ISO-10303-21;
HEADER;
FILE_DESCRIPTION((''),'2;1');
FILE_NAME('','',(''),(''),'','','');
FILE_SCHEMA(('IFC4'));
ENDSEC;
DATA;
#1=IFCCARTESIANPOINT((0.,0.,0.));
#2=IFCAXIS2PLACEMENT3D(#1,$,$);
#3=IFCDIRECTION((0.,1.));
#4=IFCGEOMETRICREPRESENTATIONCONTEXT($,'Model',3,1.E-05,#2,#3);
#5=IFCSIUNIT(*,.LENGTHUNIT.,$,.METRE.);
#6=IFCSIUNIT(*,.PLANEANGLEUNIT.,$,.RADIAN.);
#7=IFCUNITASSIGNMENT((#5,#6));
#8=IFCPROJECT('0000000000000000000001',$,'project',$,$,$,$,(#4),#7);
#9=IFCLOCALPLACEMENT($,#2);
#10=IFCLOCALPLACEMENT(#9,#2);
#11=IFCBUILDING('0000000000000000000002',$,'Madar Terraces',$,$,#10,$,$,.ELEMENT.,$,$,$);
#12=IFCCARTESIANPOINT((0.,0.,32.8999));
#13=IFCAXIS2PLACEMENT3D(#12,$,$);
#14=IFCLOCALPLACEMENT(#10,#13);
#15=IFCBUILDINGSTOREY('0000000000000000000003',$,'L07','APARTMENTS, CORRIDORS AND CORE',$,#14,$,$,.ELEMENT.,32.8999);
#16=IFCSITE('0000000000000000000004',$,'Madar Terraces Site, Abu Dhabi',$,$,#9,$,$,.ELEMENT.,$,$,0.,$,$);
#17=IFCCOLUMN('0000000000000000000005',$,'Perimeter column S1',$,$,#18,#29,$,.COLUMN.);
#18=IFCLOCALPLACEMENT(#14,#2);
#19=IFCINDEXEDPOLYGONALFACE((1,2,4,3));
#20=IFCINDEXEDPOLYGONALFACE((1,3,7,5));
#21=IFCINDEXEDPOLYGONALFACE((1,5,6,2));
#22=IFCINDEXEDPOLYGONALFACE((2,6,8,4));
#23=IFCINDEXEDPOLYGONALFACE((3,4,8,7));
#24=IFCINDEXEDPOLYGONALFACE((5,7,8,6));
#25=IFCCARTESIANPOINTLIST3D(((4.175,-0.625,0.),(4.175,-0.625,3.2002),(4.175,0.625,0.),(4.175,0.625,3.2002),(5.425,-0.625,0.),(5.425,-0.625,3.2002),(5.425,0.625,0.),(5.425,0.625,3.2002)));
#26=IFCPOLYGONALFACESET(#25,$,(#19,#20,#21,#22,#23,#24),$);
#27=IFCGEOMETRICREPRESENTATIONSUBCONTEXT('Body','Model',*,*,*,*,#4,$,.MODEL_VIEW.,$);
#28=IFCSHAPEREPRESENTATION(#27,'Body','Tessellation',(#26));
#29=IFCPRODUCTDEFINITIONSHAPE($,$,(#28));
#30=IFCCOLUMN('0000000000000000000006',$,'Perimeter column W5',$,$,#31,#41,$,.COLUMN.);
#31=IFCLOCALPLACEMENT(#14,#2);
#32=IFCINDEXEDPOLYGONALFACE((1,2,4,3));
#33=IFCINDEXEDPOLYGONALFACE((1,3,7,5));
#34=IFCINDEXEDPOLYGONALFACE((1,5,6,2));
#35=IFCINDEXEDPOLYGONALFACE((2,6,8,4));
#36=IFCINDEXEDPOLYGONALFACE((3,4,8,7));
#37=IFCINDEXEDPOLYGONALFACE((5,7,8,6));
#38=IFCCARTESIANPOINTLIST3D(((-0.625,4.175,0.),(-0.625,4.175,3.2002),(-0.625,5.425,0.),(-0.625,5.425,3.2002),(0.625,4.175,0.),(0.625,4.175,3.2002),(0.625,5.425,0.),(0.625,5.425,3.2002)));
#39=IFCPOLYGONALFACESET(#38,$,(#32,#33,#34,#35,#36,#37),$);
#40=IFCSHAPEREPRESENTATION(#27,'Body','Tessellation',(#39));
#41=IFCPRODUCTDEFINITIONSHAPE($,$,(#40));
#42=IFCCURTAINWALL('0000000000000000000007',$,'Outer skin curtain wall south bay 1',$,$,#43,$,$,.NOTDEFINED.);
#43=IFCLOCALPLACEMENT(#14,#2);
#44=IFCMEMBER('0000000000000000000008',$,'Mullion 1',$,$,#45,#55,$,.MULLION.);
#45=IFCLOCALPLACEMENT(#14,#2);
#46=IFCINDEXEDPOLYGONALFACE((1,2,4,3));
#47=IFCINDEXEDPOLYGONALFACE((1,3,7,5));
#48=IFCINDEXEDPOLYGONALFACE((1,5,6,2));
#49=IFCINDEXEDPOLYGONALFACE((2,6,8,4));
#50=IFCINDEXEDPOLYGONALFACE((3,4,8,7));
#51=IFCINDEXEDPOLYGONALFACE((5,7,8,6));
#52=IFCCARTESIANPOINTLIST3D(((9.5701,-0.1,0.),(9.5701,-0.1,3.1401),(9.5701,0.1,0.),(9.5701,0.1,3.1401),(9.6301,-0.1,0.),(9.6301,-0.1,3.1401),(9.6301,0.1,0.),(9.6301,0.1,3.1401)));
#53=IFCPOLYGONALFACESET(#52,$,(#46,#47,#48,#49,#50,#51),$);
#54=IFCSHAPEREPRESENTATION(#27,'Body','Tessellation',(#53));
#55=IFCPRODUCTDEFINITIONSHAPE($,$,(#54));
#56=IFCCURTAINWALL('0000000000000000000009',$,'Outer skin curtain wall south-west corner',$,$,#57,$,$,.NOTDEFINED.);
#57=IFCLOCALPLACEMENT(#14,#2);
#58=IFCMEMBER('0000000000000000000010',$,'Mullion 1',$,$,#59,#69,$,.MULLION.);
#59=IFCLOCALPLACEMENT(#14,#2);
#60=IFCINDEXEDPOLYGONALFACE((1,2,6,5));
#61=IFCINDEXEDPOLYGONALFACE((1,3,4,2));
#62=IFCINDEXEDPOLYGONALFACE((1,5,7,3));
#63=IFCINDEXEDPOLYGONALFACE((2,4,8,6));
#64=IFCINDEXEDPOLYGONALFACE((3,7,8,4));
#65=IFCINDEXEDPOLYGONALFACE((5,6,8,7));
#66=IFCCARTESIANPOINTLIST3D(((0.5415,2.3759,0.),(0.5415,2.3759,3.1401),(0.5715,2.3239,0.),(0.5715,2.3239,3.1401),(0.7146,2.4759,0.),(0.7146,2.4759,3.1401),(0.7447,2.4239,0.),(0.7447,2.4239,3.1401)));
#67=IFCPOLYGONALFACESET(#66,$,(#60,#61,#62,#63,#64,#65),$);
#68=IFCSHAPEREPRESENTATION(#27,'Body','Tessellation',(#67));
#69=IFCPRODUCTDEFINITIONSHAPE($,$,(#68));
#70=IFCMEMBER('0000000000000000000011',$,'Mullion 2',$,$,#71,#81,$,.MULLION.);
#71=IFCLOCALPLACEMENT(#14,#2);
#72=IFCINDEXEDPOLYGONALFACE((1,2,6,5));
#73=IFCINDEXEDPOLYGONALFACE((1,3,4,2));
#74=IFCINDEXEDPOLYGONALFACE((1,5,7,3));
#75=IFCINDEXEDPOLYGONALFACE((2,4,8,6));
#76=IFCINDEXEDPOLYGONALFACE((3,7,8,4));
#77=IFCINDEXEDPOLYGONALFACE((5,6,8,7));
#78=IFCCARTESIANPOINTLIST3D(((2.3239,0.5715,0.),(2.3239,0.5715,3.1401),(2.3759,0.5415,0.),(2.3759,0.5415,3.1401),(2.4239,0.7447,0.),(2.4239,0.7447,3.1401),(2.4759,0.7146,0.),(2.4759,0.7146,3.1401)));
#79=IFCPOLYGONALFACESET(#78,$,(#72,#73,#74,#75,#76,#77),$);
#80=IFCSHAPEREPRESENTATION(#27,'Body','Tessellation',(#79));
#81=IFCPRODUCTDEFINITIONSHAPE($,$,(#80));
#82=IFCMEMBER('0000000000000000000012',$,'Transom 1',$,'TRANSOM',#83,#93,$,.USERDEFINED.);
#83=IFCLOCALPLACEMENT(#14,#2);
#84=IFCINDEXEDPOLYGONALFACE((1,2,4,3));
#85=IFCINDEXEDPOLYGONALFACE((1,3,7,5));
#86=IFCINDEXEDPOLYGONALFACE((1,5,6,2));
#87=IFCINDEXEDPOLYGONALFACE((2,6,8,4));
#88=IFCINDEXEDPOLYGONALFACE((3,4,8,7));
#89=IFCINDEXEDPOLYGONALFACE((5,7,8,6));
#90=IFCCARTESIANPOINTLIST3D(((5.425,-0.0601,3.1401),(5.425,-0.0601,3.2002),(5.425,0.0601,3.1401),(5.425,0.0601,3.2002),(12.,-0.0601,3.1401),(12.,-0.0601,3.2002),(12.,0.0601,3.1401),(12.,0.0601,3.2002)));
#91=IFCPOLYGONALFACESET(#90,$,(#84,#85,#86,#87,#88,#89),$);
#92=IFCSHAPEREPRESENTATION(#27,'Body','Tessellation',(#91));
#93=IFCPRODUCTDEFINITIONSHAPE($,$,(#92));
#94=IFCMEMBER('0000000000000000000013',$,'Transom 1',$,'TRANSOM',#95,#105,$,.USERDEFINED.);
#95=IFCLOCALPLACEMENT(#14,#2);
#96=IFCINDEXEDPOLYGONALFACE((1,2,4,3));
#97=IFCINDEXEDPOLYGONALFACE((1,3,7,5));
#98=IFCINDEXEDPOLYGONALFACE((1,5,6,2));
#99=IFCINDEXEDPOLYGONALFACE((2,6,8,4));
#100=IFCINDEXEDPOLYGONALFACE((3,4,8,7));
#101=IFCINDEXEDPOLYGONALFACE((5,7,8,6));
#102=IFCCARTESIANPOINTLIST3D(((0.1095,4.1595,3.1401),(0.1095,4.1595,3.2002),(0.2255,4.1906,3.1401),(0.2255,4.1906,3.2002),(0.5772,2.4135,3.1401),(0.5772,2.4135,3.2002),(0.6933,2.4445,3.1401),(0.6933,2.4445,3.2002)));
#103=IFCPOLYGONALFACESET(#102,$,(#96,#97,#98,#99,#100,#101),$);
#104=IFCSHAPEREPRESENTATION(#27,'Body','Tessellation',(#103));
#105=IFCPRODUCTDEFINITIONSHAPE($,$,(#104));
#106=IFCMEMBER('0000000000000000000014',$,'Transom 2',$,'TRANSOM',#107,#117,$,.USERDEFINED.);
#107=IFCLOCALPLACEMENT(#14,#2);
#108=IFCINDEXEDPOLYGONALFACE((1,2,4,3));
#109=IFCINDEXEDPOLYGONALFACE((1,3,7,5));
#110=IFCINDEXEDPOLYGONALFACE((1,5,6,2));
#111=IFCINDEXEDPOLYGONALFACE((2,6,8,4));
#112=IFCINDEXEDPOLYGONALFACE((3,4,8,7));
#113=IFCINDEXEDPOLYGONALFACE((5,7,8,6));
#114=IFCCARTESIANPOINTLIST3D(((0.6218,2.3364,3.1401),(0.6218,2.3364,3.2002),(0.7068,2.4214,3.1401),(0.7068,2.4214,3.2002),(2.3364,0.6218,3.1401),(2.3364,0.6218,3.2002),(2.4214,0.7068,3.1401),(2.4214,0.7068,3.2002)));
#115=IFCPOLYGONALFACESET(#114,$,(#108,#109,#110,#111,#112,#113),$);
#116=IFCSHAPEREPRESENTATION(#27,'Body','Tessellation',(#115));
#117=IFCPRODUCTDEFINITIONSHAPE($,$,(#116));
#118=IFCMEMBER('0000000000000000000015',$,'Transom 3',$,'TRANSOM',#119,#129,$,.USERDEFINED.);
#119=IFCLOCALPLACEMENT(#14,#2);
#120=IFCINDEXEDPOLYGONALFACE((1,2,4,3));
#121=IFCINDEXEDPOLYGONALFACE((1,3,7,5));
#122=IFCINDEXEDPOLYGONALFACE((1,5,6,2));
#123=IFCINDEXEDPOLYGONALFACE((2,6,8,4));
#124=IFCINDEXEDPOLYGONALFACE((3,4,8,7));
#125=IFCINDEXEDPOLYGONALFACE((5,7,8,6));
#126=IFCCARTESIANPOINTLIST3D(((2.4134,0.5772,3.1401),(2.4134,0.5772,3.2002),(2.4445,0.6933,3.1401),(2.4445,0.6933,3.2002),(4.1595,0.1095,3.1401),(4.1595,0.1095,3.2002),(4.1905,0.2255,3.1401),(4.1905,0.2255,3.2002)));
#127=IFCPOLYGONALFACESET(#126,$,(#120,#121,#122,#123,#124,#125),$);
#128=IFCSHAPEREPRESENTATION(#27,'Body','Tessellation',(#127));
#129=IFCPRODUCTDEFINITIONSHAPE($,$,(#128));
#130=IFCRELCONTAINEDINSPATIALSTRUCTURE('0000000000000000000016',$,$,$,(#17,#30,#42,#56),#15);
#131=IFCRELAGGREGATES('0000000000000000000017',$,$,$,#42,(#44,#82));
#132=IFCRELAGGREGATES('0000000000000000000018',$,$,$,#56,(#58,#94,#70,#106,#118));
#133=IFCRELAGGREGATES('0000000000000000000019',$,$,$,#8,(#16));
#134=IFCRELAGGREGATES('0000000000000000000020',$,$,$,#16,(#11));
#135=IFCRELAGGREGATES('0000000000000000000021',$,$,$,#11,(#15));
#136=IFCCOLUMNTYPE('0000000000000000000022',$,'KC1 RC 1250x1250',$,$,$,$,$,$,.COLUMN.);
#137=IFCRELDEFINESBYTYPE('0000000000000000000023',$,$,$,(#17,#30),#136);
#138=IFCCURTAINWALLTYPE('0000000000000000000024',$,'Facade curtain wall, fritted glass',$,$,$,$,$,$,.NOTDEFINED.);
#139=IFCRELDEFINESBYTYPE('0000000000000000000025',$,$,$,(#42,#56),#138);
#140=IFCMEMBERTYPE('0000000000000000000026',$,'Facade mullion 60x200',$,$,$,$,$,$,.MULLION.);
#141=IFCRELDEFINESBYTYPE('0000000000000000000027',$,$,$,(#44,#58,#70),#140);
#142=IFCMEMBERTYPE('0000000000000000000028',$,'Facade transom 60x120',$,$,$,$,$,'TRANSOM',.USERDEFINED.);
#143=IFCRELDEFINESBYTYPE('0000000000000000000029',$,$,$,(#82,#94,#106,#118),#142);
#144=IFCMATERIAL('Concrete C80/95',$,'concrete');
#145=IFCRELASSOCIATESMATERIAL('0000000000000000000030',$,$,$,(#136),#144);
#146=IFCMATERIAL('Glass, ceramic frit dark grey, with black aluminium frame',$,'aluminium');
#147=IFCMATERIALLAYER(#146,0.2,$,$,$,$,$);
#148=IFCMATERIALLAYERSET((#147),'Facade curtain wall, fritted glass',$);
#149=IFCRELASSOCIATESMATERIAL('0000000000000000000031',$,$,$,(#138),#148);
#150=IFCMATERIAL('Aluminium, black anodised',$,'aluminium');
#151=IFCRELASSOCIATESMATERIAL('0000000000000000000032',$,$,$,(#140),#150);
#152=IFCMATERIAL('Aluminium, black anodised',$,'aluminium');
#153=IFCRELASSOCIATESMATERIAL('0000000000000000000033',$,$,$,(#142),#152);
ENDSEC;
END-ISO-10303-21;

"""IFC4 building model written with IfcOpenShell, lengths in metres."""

from ifc_helpers import new_model, si_unit, direction, frame, origin, origin_2d, place, context, subcontext, project, spatial, rectangle, extrude, material, layer, layer_set, material_profile, profile_set, type_object, element, aggregate, save


model = new_model("IFC4")

# Units and contexts
model_context = context("Model", 3, precision=1e-05, world=origin(), true_north=direction((0.0, 1.0)))
body_context = subcontext(model_context, "Body", "Model", "MODEL_VIEW")
ifc_project = project(units=[si_unit("LENGTHUNIT", "METRE"), si_unit("PLANEANGLEUNIT", "RADIAN")], contexts=[model_context])

# Site, building, storey
site_placement = place(None, origin())
site = spatial("IfcSite", under=ifc_project, at=site_placement, Name="Madar Terraces Site, Abu Dhabi", CompositionType="ELEMENT", RefElevation=0.0)
building_placement = place(site_placement, origin())
building = spatial("IfcBuilding", under=site, at=building_placement, Name="Madar Terraces", CompositionType="ELEMENT")
storey_placement = place(building_placement, frame((0.0, 0.0, 32.8999)))
storey = spatial("IfcBuildingStorey", under=building, at=storey_placement, Name="L07", Description="APARTMENTS, CORRIDORS AND CORE", CompositionType="ELEMENT", Elevation=32.8999)

# Columns
ifc_material_1 = material(Name="Concrete C80/95", Category="concrete")
ifc_material_profile_1 = material_profile(ifc_material_1, rectangle(XDim=1.25, YDim=1.25, at=origin_2d()), Name="KC1 RC 1250x1250")
ifc_profile_set_1 = profile_set([ifc_material_profile_1], Name="Concrete C80/95")
column_type = type_object("IfcColumnType", Name="KC1 RC 1250x1250", PredefinedType="COLUMN", material=ifc_profile_set_1)
for number, where, z_axis, x_axis, name in (
    (1, (4.8, 0.0, 0.0), (0.0, 0.0, 1.0), (1.0, 0.0, 0.0), "Perimeter column S1"),
    (2, (0.0, 4.8, 0.0), (0.0, 0.0, 1.0), (1.0, 0.0, 0.0), "Perimeter column W5"),
):
    element("IfcColumn", number, at=place(storey_placement, frame(where, z_axis=z_axis, x_axis=x_axis)), inside=storey, type_object=column_type, Name=name, PredefinedType="COLUMN", context=body_context, shape_type="SweptSolid", body=[
        extrude(rectangle(XDim=1.25, YDim=1.25, at=origin_2d()), origin(), (0.0, 0.0, 1.0), 3.2002),
    ])

# Curtain wall, member
ifc_material_2 = material(Name="Glass, ceramic frit dark grey, with black aluminium frame", Category="aluminium")
ifc_layer_1 = layer(ifc_material_2, 0.2)
ifc_layer_set_1 = layer_set([ifc_layer_1], Name="Facade curtain wall, fritted glass")
curtain_wall_type = type_object("IfcCurtainWallType", Name="Facade curtain wall, fritted glass", PredefinedType="NOTDEFINED", material=ifc_layer_set_1)
curtain_wall_1_placement = place(storey_placement, origin())
curtain_wall_1 = element("IfcCurtainWall", 3, at=curtain_wall_1_placement, inside=storey, type_object=curtain_wall_type, Name="Outer skin curtain wall south bay 1", PredefinedType="NOTDEFINED")
ifc_material_3 = material(Name="Aluminium, black anodised", Category="aluminium")
ifc_material_profile_2 = material_profile(ifc_material_3, rectangle(XDim=0.2, YDim=0.0601, at=origin_2d()), Name="Facade mullion 60x200")
ifc_profile_set_2 = profile_set([ifc_material_profile_2], Name="Aluminium, black anodised")
member_type_1 = type_object("IfcMemberType", Name="Facade mullion 60x200", PredefinedType="MULLION", material=ifc_profile_set_2)
member_1_placement = place(storey_placement, frame((9.6001, 0.0, 0.0), z_axis=(0.0, 0.0, 1.0), x_axis=(0.0, 1.0, 0.0)))
member_1 = element("IfcMember", 4, at=member_1_placement, type_object=member_type_1, Name="Mullion 1", PredefinedType="MULLION", context=body_context, shape_type="SweptSolid", body=[
    extrude(rectangle(XDim=0.2, YDim=0.0601, at=origin_2d()), origin(), (0.0, 0.0, 1.0), 3.1401),
])

# Curtain wall, members
curtain_wall_2_placement = place(storey_placement, origin())
curtain_wall_2 = element("IfcCurtainWall", 5, at=curtain_wall_2_placement, inside=storey, type_object=curtain_wall_type, Name="Outer skin curtain wall south-west corner", PredefinedType="NOTDEFINED")
member_2_placement = place(storey_placement, frame((0.6431, 2.3999, 0.0), z_axis=(0.0, 0.0, 1.0), x_axis=(0.866025, 0.5, 0.0)))
member_2 = element("IfcMember", 6, at=member_2_placement, type_object=member_type_1, Name="Mullion 1", PredefinedType="MULLION", context=body_context, shape_type="SweptSolid", body=[
    extrude(rectangle(XDim=0.2, YDim=0.0601, at=origin_2d()), origin(), (0.0, 0.0, 1.0), 3.1401),
])
member_3_placement = place(storey_placement, frame((2.3999, 0.6431, 0.0), z_axis=(0.0, 0.0, 1.0), x_axis=(0.5, 0.866025, 0.0)))
member_3 = element("IfcMember", 7, at=member_3_placement, type_object=member_type_1, Name="Mullion 2", PredefinedType="MULLION", context=body_context, shape_type="SweptSolid", body=[
    extrude(rectangle(XDim=0.2, YDim=0.0601, at=origin_2d()), origin(), (0.0, 0.0, 1.0), 3.1401),
])

# Members
ifc_material_4 = material(Name="Aluminium, black anodised", Category="aluminium")
ifc_material_profile_3 = material_profile(ifc_material_4, rectangle(XDim=0.1201, YDim=0.0601, at=origin_2d()), Name="Facade transom 60x120")
ifc_profile_set_3 = profile_set([ifc_material_profile_3], Name="Aluminium, black anodised")
member_type_2 = type_object("IfcMemberType", Name="Facade transom 60x120", ElementType="TRANSOM", PredefinedType="USERDEFINED", material=ifc_profile_set_3)
member_4_placement = place(storey_placement, frame((5.425, 0.0, 3.1702), z_axis=(1.0, 0.0, 0.0), x_axis=(0.0, 1.0, 0.0)))
member_4 = element("IfcMember", 8, at=member_4_placement, type_object=member_type_2, Name="Transom 1", ObjectType="TRANSOM", PredefinedType="USERDEFINED", context=body_context, shape_type="SweptSolid", body=[
    extrude(rectangle(XDim=0.1201, YDim=0.0601, at=origin_2d()), origin(), (0.0, 0.0, 1.0), 6.575),
])
member_5_placement = place(storey_placement, frame((0.1675, 4.175, 3.1702), z_axis=(0.258772, -0.965938, 0.0), x_axis=(0.965938, 0.258772, 0.0)))
member_5 = element("IfcMember", 9, at=member_5_placement, type_object=member_type_2, Name="Transom 1", ObjectType="TRANSOM", PredefinedType="USERDEFINED", context=body_context, shape_type="SweptSolid", body=[
    extrude(rectangle(XDim=0.1201, YDim=0.0601, at=origin_2d()), origin(), (0.0, 0.0, 1.0), 1.8076),
])
member_6_placement = place(storey_placement, frame((0.6643, 2.3789, 3.1702), z_axis=(0.707107, -0.707107, 0.0), x_axis=(0.707107, 0.707107, 0.0)))
member_6 = element("IfcMember", 10, at=member_6_placement, type_object=member_type_2, Name="Transom 2", ObjectType="TRANSOM", PredefinedType="USERDEFINED", context=body_context, shape_type="SweptSolid", body=[
    extrude(rectangle(XDim=0.1201, YDim=0.0601, at=origin_2d()), origin(), (0.0, 0.0, 1.0), 2.4248),
])
member_7_placement = place(storey_placement, frame((2.429, 0.6353, 3.1702), z_axis=(0.965938, -0.258772, 0.0), x_axis=(0.258772, 0.965938, 0.0)))
member_7 = element("IfcMember", 11, at=member_7_placement, type_object=member_type_2, Name="Transom 3", ObjectType="TRANSOM", PredefinedType="USERDEFINED", context=body_context, shape_type="SweptSolid", body=[
    extrude(rectangle(XDim=0.1201, YDim=0.0601, at=origin_2d()), origin(), (0.0, 0.0, 1.0), 1.8076),
])

aggregate(curtain_wall_1, [member_1, member_4])
aggregate(curtain_wall_2, [member_2, member_5, member_3, member_6, member_7])

save(model, "model.ifc")
